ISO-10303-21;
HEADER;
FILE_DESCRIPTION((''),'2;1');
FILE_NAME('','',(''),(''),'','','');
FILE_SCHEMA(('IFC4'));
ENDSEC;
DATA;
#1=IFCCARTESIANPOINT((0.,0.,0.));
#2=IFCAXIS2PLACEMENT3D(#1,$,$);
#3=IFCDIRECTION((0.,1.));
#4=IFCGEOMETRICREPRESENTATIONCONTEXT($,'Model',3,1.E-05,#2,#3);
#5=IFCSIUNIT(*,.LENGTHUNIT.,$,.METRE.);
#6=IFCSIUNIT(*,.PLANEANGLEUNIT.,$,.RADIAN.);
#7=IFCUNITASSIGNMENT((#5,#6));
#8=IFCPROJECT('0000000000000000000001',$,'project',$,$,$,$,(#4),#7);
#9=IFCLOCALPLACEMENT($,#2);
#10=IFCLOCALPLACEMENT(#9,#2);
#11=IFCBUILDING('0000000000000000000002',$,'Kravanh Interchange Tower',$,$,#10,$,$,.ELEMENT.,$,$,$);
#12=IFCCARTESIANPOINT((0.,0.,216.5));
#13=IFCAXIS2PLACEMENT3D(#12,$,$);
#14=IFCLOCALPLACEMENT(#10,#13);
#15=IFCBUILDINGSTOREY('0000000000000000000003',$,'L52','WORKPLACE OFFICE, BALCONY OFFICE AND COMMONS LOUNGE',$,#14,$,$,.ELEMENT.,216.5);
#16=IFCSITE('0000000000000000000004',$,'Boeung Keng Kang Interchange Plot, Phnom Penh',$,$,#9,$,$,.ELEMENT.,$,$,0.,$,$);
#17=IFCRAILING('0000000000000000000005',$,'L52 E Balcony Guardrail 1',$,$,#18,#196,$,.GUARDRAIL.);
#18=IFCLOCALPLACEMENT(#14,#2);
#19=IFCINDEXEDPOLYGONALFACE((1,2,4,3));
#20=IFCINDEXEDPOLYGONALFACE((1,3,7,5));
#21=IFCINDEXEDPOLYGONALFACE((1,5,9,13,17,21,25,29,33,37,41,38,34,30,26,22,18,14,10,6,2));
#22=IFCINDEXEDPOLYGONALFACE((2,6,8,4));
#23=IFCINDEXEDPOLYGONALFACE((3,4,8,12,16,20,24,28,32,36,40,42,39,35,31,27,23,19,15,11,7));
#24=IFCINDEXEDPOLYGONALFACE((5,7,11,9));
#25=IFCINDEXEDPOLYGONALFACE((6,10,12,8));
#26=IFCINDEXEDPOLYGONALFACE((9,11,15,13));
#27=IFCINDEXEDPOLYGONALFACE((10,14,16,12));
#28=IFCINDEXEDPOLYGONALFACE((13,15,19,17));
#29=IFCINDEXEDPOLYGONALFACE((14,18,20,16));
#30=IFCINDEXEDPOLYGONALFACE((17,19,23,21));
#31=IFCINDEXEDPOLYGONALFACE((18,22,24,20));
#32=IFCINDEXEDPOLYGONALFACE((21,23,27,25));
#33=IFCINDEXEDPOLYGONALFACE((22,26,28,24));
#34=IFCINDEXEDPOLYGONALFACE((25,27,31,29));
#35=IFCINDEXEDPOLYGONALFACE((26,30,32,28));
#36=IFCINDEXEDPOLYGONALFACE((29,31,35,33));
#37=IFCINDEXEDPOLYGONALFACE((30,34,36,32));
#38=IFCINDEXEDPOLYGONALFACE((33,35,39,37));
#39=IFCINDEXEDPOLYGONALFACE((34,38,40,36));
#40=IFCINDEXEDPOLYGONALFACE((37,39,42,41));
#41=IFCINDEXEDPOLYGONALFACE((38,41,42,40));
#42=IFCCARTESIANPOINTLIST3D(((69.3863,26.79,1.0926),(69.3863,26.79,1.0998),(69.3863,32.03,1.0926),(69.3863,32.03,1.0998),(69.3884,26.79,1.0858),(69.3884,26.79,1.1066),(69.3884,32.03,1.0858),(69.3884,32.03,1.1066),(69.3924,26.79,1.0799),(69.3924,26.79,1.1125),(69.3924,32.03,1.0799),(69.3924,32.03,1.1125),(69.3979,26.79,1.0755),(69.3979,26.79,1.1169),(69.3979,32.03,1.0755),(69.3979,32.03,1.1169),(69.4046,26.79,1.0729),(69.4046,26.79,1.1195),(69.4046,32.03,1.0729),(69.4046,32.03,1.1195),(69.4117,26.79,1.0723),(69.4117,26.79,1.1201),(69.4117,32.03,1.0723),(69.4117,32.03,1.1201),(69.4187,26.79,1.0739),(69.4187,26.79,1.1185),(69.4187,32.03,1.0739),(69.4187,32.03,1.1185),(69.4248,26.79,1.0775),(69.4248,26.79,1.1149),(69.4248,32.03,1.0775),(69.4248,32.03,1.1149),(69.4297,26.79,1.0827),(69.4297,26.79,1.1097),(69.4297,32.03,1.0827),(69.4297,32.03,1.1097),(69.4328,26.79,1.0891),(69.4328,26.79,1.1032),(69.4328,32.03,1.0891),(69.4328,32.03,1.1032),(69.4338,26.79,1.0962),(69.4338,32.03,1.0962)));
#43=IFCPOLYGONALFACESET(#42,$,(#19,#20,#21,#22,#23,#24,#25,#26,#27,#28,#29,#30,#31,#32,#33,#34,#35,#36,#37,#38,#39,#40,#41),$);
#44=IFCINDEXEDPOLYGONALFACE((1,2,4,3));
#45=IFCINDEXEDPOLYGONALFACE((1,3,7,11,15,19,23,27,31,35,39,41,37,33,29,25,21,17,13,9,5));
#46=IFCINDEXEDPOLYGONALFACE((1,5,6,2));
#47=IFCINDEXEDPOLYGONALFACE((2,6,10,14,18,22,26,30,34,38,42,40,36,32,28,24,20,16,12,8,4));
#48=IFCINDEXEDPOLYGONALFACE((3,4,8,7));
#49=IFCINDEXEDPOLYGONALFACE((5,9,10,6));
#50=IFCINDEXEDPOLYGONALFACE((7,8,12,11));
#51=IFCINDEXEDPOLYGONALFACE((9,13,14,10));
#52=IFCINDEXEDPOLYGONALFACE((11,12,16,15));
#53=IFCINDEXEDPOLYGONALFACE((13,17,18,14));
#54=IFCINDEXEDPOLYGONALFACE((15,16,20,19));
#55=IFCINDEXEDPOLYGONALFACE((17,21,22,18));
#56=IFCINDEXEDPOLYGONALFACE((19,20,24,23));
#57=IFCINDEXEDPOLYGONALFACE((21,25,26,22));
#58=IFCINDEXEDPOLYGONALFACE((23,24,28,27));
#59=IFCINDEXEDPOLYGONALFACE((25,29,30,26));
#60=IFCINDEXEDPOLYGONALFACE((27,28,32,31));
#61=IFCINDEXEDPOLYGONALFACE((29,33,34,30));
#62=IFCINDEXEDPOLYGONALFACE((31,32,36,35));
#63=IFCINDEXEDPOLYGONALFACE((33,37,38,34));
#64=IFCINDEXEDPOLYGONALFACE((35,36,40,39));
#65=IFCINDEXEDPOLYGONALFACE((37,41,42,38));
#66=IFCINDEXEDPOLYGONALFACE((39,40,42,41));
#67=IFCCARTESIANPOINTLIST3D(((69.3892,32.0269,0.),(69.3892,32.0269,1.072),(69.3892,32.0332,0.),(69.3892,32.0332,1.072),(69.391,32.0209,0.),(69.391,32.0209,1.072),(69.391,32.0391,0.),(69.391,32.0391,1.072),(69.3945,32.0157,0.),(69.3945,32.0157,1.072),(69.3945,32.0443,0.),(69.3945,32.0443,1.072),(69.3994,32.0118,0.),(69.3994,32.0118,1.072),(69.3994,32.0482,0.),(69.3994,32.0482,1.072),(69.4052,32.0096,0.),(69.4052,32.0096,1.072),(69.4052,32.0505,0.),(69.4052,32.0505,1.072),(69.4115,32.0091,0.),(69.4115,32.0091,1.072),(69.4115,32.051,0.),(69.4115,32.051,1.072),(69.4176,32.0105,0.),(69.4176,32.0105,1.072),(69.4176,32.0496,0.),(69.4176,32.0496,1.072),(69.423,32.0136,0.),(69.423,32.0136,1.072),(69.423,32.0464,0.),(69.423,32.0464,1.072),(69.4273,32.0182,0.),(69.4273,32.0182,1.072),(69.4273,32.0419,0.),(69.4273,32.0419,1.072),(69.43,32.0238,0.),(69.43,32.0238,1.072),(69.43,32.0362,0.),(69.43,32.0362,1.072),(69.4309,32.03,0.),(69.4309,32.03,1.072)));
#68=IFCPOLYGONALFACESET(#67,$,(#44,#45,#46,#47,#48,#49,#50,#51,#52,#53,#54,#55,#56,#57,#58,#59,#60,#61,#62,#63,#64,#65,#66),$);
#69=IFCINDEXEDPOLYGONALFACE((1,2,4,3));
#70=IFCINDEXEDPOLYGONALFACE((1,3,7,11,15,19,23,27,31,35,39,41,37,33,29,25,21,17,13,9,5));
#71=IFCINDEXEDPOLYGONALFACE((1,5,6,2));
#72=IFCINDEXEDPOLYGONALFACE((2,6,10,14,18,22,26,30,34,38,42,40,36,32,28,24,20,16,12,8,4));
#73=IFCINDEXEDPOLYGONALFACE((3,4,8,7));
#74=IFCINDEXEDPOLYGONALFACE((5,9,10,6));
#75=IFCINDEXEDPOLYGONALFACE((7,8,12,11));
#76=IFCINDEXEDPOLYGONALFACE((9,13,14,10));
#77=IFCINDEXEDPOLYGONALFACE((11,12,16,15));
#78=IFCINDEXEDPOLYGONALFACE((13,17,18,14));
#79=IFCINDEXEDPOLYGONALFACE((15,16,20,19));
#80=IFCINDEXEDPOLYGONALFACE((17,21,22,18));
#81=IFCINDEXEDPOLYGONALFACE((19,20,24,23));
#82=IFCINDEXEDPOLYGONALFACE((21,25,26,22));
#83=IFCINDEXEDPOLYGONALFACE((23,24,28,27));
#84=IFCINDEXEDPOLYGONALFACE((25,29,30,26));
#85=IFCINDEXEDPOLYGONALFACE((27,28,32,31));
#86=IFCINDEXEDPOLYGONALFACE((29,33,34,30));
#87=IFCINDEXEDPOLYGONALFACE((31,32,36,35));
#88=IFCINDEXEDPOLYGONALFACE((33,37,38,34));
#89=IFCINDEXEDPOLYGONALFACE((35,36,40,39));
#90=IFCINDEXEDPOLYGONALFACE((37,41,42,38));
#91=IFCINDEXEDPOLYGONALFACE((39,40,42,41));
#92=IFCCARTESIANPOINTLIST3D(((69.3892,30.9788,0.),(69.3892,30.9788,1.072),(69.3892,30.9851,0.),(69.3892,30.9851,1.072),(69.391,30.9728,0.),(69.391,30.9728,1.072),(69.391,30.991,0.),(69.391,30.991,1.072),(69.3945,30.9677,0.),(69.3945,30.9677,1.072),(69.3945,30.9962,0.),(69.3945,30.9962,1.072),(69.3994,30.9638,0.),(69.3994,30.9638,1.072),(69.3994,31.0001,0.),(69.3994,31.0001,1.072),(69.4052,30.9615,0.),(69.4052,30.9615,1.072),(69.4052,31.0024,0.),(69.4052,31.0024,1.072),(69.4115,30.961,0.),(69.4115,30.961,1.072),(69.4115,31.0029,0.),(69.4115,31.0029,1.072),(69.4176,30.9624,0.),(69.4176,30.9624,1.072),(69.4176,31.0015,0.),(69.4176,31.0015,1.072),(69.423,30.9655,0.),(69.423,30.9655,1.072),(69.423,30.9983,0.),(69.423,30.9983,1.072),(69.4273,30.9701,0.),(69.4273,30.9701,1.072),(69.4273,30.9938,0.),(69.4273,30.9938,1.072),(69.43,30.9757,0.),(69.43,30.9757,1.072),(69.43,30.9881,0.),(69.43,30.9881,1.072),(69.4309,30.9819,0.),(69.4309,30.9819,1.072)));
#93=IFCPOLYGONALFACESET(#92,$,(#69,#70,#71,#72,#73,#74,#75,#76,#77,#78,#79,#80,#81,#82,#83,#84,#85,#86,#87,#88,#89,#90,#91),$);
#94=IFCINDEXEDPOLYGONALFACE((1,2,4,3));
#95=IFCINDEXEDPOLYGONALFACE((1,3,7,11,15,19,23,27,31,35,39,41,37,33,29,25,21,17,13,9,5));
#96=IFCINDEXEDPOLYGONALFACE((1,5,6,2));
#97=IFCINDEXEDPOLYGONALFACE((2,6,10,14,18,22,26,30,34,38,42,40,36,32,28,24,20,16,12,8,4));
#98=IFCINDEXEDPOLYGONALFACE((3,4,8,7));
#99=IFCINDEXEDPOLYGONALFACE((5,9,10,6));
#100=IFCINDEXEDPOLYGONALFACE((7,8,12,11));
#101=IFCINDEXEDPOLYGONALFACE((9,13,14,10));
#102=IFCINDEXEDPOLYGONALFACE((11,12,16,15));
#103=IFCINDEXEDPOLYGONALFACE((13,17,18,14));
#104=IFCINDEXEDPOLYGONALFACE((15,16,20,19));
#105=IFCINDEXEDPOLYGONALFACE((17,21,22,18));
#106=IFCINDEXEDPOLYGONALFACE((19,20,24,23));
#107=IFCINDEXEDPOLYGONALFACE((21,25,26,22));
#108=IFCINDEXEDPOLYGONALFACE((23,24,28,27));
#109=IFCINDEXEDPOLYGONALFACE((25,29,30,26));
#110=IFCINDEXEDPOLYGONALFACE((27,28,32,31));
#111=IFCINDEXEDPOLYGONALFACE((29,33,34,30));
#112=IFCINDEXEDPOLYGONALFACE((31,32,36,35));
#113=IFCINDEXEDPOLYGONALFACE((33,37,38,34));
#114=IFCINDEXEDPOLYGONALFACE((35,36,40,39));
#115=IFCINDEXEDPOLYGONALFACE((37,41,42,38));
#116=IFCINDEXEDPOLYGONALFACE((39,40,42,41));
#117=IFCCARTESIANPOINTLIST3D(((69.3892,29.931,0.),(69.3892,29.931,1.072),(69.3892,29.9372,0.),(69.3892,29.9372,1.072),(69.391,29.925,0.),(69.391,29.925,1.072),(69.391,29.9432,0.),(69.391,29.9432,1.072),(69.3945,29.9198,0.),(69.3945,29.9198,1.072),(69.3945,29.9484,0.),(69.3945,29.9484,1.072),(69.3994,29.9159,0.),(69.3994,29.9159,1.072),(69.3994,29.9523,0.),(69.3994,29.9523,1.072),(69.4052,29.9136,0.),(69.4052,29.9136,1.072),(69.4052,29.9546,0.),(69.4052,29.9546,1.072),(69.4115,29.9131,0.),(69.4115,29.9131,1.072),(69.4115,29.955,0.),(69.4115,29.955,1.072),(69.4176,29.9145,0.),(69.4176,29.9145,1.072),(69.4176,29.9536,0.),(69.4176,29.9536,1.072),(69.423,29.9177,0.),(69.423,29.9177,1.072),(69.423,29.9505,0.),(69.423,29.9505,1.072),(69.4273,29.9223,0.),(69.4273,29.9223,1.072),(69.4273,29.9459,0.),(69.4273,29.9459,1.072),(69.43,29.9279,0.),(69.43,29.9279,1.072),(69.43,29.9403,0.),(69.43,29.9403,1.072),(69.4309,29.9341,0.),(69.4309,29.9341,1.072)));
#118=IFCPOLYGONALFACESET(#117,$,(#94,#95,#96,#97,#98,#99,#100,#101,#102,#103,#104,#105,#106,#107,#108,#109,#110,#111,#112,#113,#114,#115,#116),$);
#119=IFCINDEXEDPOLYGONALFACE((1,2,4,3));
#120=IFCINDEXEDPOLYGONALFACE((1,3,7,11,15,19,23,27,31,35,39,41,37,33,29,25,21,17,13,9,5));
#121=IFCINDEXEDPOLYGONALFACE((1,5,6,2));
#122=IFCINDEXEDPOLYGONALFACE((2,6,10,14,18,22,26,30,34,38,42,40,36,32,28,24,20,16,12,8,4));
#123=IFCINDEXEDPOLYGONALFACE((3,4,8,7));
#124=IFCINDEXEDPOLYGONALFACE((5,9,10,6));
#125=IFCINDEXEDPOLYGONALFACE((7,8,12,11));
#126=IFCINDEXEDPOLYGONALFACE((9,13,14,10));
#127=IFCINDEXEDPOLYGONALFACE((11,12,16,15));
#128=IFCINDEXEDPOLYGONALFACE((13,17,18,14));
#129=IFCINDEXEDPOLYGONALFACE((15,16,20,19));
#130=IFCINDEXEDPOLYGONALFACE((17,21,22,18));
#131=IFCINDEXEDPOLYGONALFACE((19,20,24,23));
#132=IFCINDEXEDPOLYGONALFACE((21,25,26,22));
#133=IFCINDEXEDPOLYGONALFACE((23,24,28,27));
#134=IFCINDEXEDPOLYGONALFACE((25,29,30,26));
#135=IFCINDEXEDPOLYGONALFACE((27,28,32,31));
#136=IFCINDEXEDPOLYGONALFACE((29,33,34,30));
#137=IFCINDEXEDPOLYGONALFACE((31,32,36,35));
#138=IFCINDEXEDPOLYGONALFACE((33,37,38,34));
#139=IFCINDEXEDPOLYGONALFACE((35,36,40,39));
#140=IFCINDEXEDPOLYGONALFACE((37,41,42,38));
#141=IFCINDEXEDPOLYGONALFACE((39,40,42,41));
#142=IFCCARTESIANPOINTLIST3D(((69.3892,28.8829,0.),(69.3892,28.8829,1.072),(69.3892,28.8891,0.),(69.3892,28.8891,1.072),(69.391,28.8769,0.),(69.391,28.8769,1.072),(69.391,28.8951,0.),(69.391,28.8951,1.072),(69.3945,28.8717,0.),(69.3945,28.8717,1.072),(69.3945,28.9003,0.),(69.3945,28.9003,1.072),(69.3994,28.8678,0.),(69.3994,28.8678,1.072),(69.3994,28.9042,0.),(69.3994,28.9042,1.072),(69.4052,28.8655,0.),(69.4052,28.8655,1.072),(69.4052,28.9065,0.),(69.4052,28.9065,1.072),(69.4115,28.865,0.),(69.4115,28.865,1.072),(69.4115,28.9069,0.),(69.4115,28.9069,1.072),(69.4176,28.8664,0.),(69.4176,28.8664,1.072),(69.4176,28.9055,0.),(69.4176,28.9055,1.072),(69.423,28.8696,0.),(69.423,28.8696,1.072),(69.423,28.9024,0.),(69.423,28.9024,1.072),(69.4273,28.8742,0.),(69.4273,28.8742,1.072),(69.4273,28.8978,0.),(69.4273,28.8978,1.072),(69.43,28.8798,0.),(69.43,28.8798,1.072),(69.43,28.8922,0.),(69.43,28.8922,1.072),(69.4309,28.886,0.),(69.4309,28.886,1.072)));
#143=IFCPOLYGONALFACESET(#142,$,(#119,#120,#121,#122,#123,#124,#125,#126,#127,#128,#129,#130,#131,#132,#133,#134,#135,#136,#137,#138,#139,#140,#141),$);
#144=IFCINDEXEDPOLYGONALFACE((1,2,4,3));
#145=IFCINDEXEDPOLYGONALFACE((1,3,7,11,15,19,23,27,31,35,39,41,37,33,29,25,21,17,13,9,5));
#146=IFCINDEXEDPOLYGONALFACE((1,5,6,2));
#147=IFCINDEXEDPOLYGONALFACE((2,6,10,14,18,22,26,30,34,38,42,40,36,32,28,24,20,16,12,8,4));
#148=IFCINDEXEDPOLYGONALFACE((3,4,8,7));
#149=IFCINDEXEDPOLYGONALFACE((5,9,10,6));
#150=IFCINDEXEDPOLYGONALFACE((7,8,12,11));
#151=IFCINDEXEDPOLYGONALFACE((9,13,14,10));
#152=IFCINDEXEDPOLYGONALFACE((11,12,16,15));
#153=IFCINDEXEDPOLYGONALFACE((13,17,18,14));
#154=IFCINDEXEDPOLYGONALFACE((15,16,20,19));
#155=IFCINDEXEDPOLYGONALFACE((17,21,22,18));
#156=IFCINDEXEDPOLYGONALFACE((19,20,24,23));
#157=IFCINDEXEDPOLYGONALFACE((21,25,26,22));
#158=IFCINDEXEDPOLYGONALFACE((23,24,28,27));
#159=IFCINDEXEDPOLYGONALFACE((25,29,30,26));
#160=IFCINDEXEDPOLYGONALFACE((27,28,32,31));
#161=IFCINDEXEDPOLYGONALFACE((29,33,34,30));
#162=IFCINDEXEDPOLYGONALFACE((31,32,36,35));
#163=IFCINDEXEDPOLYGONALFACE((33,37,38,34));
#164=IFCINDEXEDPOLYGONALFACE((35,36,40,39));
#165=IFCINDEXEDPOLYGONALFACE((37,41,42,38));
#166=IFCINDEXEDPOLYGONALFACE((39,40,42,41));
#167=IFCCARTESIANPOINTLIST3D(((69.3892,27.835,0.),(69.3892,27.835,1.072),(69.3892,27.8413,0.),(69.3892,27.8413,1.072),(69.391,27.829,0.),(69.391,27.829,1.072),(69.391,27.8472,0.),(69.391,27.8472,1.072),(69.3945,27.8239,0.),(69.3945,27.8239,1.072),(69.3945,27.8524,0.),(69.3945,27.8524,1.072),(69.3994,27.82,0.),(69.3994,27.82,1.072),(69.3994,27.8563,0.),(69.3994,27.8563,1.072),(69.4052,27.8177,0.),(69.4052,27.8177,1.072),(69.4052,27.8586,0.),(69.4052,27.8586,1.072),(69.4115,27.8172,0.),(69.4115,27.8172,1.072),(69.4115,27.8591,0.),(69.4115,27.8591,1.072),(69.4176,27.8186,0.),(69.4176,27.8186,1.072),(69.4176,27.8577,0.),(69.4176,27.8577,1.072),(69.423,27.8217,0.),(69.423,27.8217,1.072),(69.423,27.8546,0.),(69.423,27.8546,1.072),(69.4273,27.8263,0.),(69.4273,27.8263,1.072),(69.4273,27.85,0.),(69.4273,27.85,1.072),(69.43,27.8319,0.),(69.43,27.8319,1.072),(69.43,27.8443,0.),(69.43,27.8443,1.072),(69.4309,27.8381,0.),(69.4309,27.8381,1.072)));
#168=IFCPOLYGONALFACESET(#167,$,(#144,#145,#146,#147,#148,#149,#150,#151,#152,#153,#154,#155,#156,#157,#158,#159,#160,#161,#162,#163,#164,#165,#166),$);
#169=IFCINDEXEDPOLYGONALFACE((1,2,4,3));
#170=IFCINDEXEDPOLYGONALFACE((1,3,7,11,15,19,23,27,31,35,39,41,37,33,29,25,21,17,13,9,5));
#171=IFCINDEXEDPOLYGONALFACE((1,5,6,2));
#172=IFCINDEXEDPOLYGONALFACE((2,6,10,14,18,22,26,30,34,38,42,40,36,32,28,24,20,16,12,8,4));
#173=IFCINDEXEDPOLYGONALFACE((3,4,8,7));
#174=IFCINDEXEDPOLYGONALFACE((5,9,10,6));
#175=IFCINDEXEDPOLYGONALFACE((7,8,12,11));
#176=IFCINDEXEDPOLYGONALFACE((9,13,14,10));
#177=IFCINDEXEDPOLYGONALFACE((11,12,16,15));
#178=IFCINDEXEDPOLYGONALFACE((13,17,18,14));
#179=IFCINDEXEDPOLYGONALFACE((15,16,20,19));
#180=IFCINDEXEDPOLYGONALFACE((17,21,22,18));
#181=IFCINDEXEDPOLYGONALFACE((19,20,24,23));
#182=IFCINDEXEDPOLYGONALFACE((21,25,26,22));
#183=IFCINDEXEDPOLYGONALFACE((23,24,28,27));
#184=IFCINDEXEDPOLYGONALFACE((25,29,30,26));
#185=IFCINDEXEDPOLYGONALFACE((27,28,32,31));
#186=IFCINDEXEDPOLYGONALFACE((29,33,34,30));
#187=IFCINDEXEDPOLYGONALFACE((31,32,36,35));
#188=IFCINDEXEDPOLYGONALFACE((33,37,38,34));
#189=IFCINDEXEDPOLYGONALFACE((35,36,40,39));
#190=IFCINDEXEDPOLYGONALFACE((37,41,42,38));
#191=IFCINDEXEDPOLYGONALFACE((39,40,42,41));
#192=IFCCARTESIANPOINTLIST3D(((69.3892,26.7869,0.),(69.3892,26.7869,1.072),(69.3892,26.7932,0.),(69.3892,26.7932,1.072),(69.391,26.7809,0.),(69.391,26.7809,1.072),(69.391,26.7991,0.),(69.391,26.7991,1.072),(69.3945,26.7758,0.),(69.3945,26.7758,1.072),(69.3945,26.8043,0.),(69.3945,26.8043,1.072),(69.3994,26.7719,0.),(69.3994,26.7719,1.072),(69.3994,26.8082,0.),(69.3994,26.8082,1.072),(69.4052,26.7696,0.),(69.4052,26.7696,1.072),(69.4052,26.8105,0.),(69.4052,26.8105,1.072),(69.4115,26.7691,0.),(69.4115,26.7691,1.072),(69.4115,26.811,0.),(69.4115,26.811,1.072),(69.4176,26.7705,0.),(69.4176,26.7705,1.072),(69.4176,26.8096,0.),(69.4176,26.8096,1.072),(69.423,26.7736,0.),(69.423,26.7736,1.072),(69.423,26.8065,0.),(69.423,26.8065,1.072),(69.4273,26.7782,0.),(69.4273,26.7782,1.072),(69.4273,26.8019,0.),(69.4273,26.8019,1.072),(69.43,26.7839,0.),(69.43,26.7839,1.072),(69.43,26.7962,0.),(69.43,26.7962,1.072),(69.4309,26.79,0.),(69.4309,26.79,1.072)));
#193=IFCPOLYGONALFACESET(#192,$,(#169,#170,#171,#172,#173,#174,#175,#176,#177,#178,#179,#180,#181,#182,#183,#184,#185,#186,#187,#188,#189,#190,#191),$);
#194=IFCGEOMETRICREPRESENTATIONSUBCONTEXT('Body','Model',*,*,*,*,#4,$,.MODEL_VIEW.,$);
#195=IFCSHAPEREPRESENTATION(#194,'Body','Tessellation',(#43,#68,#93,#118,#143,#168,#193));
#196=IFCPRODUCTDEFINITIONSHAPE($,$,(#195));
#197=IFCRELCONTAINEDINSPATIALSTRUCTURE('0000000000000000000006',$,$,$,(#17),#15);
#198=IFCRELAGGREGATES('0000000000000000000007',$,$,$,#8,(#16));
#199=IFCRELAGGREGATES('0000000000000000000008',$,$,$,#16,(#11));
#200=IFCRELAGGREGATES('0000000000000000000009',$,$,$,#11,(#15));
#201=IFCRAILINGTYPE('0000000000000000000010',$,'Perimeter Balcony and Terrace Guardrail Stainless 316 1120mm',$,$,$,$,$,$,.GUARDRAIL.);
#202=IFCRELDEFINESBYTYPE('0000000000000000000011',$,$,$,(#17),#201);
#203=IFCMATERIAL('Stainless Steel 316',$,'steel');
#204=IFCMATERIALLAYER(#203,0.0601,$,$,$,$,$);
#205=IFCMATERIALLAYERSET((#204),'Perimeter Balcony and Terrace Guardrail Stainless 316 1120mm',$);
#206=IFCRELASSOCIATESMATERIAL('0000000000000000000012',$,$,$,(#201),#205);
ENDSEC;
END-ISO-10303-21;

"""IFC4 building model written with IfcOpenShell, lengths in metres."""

from ifc_helpers import new_model, si_unit, direction, frame, origin, origin_2d, place, context, subcontext, project, spatial, circle, extrude, material, layer, layer_set, type_object, element, save


model = new_model("IFC4")

# Units and contexts
model_context = context("Model", 3, precision=1e-05, world=origin(), true_north=direction((0.0, 1.0)))
body_context = subcontext(model_context, "Body", "Model", "MODEL_VIEW")
ifc_project = project(units=[si_unit("LENGTHUNIT", "METRE"), si_unit("PLANEANGLEUNIT", "RADIAN")], contexts=[model_context])

# Site, building, storey
site_placement = place(None, origin())
site = spatial("IfcSite", under=ifc_project, at=site_placement, Name="Boeung Keng Kang Interchange Plot, Phnom Penh", CompositionType="ELEMENT", RefElevation=0.0)
building_placement = place(site_placement, origin())
building = spatial("IfcBuilding", under=site, at=building_placement, Name="Kravanh Interchange Tower", CompositionType="ELEMENT")
storey_placement = place(building_placement, frame((0.0, 0.0, 216.5)))
storey = spatial("IfcBuildingStorey", under=building, at=storey_placement, Name="L52", Description="WORKPLACE OFFICE, BALCONY OFFICE AND COMMONS LOUNGE", CompositionType="ELEMENT", Elevation=216.5)

# Railing
ifc_material_1 = material(Name="Stainless Steel 316", Category="steel")
ifc_layer_1 = layer(ifc_material_1, 0.0601)
ifc_layer_set_1 = layer_set([ifc_layer_1], Name="Perimeter Balcony and Terrace Guardrail Stainless 316 1120mm")
railing_type_1 = type_object("IfcRailingType", Name="Perimeter Balcony and Terrace Guardrail Stainless 316 1120mm", PredefinedType="GUARDRAIL", material=ifc_layer_set_1)
railing_1_placement = place(storey_placement, frame((69.4099, 32.03, 0.0)))
element("IfcRailing", 1, at=railing_1_placement, inside=storey, type_object=railing_type_1, Name="L52 E Balcony Guardrail 1", PredefinedType="GUARDRAIL", context=body_context, shape_type="SweptSolid", body=[
    extrude(circle(Radius=0.0239, at=origin_2d()), frame((0.0, 0.0, 1.0962), z_axis=(0.0, -1.0, 0.0), x_axis=(1.0, 0.0, 0.0)), (0.0, 0.0, 1.0), 5.24),
    extrude(circle(Radius=0.021, at=origin_2d()), origin(), (0.0, 0.0, 1.0), 1.072),
    extrude(circle(Radius=0.021, at=origin_2d()), frame((0.0, -1.0481, 0.0)), (0.0, 0.0, 1.0), 1.072),
    extrude(circle(Radius=0.021, at=origin_2d()), frame((0.0, -2.0959, 0.0)), (0.0, 0.0, 1.0), 1.072),
    extrude(circle(Radius=0.021, at=origin_2d()), frame((0.0, -3.144, 0.0)), (0.0, 0.0, 1.0), 1.072),
    extrude(circle(Radius=0.021, at=origin_2d()), frame((0.0, -4.1919, 0.0)), (0.0, 0.0, 1.0), 1.072),
    extrude(circle(Radius=0.021, at=origin_2d()), frame((0.0, -5.24, 0.0)), (0.0, 0.0, 1.0), 1.072),
])

save(model, "model.ifc")
